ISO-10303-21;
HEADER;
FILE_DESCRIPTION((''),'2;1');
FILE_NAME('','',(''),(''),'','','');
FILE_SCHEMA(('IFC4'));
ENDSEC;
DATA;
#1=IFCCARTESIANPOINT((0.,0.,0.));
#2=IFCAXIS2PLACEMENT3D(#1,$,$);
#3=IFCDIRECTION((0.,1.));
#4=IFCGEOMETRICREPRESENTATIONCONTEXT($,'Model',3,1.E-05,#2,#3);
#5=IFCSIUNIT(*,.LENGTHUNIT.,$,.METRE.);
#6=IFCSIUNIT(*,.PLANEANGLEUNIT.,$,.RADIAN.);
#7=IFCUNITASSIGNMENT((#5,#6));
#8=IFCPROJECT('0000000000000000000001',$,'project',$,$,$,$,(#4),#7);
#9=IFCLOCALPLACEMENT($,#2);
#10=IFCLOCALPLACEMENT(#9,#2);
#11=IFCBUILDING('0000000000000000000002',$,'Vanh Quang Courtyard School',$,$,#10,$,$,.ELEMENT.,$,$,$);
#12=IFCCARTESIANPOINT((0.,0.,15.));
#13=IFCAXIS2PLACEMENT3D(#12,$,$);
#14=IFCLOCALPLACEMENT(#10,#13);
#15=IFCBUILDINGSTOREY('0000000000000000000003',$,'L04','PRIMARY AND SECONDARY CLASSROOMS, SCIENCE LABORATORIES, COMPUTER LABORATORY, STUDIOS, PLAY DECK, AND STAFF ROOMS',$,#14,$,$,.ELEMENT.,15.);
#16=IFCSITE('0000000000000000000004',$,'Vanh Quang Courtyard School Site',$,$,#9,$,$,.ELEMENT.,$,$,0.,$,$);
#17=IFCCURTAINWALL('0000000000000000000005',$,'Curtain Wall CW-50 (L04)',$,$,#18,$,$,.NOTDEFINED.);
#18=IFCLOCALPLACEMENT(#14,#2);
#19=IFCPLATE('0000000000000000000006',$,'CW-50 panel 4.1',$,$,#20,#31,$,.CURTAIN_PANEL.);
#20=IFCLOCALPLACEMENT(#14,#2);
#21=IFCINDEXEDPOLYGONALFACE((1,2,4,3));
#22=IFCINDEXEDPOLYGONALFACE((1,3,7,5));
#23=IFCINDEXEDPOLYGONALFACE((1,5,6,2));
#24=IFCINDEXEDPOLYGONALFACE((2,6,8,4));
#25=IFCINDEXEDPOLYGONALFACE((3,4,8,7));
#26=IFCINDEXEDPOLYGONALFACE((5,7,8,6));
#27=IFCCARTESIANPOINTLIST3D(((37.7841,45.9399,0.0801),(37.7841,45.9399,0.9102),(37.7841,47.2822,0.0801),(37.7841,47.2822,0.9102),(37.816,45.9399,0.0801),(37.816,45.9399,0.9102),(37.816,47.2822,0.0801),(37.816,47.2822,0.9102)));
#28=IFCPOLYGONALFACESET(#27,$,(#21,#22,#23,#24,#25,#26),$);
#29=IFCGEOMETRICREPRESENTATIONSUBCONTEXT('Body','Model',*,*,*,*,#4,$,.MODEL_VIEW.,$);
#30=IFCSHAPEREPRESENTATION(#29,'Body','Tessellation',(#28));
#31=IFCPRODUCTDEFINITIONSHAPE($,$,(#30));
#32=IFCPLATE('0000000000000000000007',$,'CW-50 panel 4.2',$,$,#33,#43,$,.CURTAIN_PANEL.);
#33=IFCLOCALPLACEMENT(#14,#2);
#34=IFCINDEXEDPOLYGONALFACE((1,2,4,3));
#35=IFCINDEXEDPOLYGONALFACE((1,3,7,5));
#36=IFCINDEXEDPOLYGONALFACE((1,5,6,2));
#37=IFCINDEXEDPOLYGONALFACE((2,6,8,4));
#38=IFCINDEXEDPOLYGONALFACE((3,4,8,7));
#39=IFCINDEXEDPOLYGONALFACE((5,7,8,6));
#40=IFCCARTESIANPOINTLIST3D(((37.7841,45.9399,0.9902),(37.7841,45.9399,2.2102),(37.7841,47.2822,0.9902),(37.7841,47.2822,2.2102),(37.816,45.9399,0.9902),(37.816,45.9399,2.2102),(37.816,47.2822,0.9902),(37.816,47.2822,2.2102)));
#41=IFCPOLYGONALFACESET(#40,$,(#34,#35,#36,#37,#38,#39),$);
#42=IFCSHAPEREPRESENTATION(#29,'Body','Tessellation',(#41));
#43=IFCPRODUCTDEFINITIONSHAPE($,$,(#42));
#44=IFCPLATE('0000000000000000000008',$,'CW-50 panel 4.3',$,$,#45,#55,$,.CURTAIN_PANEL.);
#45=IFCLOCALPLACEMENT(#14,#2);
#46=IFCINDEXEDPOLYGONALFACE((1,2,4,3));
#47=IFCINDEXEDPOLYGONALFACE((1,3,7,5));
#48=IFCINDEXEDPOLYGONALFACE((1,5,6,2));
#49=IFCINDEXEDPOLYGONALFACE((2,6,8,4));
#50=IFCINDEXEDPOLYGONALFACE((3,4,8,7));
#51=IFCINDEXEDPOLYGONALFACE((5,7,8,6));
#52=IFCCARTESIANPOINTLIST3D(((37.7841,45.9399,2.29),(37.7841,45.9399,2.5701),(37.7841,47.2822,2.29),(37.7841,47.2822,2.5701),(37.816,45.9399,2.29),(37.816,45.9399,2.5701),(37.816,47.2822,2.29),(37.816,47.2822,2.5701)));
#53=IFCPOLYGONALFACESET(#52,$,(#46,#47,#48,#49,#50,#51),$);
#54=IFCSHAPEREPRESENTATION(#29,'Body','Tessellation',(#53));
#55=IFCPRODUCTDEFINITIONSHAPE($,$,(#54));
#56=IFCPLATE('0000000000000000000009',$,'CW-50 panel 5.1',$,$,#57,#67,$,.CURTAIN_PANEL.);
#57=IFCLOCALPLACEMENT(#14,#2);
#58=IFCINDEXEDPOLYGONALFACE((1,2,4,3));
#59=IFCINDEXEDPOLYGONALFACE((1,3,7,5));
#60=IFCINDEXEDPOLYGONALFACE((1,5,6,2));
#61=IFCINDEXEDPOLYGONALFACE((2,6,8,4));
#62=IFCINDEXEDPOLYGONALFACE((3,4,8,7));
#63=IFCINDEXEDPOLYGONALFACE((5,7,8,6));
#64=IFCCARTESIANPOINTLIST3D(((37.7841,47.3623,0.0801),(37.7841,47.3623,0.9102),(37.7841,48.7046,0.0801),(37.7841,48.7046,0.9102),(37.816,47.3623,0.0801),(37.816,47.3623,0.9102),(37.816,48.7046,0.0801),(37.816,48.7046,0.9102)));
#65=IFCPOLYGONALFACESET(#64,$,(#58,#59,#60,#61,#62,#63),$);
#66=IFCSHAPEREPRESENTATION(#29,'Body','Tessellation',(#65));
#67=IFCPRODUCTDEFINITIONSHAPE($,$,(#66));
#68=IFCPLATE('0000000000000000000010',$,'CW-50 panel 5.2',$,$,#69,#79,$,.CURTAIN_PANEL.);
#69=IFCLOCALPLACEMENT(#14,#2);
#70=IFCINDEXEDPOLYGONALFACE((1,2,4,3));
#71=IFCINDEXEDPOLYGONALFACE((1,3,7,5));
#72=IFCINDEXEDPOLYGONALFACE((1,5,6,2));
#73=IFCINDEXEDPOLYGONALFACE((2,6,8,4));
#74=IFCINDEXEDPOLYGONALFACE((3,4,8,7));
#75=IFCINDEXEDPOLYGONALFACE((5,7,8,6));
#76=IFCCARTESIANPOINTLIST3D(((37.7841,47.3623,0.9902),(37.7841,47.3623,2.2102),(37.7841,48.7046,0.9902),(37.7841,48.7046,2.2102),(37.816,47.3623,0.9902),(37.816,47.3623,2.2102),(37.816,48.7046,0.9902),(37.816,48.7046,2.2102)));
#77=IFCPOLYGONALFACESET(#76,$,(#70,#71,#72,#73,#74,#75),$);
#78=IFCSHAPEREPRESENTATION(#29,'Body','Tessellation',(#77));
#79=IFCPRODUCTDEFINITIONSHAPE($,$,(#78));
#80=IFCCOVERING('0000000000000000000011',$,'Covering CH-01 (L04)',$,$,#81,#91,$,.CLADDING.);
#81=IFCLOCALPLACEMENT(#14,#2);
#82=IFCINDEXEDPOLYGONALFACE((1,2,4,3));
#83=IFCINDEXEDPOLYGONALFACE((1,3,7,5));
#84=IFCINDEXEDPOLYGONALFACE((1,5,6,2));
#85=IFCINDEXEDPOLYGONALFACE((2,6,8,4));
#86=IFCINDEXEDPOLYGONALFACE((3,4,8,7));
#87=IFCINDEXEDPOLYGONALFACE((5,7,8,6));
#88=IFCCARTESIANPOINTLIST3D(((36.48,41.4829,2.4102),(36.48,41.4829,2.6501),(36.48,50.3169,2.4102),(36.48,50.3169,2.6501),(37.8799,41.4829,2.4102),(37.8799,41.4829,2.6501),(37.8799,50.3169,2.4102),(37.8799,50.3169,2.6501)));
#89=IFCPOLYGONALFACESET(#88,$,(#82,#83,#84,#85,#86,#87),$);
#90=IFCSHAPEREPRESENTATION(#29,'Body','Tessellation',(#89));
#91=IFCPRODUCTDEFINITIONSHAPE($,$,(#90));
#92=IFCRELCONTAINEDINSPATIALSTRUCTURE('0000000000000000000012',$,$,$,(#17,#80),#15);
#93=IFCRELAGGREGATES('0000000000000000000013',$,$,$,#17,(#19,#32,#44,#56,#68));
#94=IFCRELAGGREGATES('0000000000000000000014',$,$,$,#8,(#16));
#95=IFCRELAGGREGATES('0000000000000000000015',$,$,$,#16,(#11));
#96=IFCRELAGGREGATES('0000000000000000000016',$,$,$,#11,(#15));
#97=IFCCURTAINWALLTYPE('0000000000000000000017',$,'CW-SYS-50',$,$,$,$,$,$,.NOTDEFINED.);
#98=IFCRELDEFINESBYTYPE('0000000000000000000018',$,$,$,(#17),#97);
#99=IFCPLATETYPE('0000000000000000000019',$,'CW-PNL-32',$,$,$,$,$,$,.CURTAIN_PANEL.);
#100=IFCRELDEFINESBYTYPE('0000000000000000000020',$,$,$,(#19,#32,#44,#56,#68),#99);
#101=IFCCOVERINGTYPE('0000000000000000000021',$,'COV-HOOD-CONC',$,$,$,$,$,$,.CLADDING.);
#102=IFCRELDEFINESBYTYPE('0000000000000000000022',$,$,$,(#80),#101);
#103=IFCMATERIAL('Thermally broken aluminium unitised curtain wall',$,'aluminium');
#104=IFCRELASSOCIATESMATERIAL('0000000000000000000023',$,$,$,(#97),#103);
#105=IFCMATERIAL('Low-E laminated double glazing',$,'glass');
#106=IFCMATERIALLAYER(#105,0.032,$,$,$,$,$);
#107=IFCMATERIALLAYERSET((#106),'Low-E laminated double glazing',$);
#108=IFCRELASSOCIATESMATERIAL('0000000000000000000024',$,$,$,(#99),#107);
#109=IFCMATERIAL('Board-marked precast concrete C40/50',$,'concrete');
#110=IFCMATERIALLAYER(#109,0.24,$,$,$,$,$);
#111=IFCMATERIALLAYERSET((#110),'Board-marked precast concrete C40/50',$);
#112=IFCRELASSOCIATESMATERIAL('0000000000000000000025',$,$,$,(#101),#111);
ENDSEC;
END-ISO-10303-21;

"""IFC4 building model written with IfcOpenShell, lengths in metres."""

from ifc_helpers import new_model, si_unit, direction, frame, origin, origin_2d, place, context, subcontext, project, spatial, rectangle, extrude, material, layer, layer_set, type_object, element, aggregate, save


model = new_model("IFC4")

# Units and contexts
model_context = context("Model", 3, precision=1e-05, world=origin(), true_north=direction((0.0, 1.0)))
body_context = subcontext(model_context, "Body", "Model", "MODEL_VIEW")
ifc_project = project(units=[si_unit("LENGTHUNIT", "METRE"), si_unit("PLANEANGLEUNIT", "RADIAN")], contexts=[model_context])

# Site, building, storey
site_placement = place(None, origin())
site = spatial("IfcSite", under=ifc_project, at=site_placement, Name="Vanh Quang Courtyard School Site", CompositionType="ELEMENT", RefElevation=0.0)
building_placement = place(site_placement, origin())
building = spatial("IfcBuilding", under=site, at=building_placement, Name="Vanh Quang Courtyard School", CompositionType="ELEMENT")
storey_placement = place(building_placement, frame((0.0, 0.0, 15.0)))
storey = spatial("IfcBuildingStorey", under=building, at=storey_placement, Name="L04", Description="PRIMARY AND SECONDARY CLASSROOMS, SCIENCE LABORATORIES, COMPUTER LABORATORY, STUDIOS, PLAY DECK, AND STAFF ROOMS", CompositionType="ELEMENT", Elevation=15.0)

# Curtain wall, plates
ifc_material_1 = material(Name="Thermally broken aluminium unitised curtain wall", Category="aluminium")
curtain_wall_type = type_object("IfcCurtainWallType", Name="CW-SYS-50", PredefinedType="NOTDEFINED", material=ifc_material_1)
curtain_wall_placement = place(storey_placement, origin())
curtain_wall = element("IfcCurtainWall", 1, at=curtain_wall_placement, inside=storey, type_object=curtain_wall_type, Name="Curtain Wall CW-50 (L04)", PredefinedType="NOTDEFINED")
ifc_material_2 = material(Name="Low-E laminated double glazing", Category="glass")
ifc_layer_1 = layer(ifc_material_2, 0.032)
ifc_layer_set_1 = layer_set([ifc_layer_1], Name="Low-E laminated double glazing")
plate_type = type_object("IfcPlateType", Name="CW-PNL-32", PredefinedType="CURTAIN_PANEL", material=ifc_layer_set_1)
plate_1_placement = place(storey_placement, frame((37.8, 46.6111, 0.0801), z_axis=(0.0, 0.0, 1.0), x_axis=(0.0, 1.0, 0.0)))
plate_1 = element("IfcPlate", 2, at=plate_1_placement, type_object=plate_type, Name="CW-50 panel 4.1", PredefinedType="CURTAIN_PANEL", context=body_context, shape_type="SweptSolid", body=[
    extrude(rectangle(XDim=1.3423, YDim=0.032, at=origin_2d()), origin(), (0.0, 0.0, 1.0), 0.8301),
])
plate_2_placement = place(storey_placement, frame((37.8, 46.6111, 0.9902), z_axis=(0.0, 0.0, 1.0), x_axis=(0.0, 1.0, 0.0)))
plate_2 = element("IfcPlate", 3, at=plate_2_placement, type_object=plate_type, Name="CW-50 panel 4.2", PredefinedType="CURTAIN_PANEL", context=body_context, shape_type="SweptSolid", body=[
    extrude(rectangle(XDim=1.3423, YDim=0.032, at=origin_2d()), origin(), (0.0, 0.0, 1.0), 1.22),
])
plate_3_placement = place(storey_placement, frame((37.8, 46.6111, 2.29), z_axis=(0.0, 0.0, 1.0), x_axis=(0.0, 1.0, 0.0)))
plate_3 = element("IfcPlate", 4, at=plate_3_placement, type_object=plate_type, Name="CW-50 panel 4.3", PredefinedType="CURTAIN_PANEL", context=body_context, shape_type="SweptSolid", body=[
    extrude(rectangle(XDim=1.3423, YDim=0.032, at=origin_2d()), origin(), (0.0, 0.0, 1.0), 0.28),
])
plate_4_placement = place(storey_placement, frame((37.8, 48.0334, 0.0801), z_axis=(0.0, 0.0, 1.0), x_axis=(0.0, 1.0, 0.0)))
plate_4 = element("IfcPlate", 5, at=plate_4_placement, type_object=plate_type, Name="CW-50 panel 5.1", PredefinedType="CURTAIN_PANEL", context=body_context, shape_type="SweptSolid", body=[
    extrude(rectangle(XDim=1.3423, YDim=0.032, at=origin_2d()), origin(), (0.0, 0.0, 1.0), 0.8301),
])
plate_5_placement = place(storey_placement, frame((37.8, 48.0334, 0.9902), z_axis=(0.0, 0.0, 1.0), x_axis=(0.0, 1.0, 0.0)))
plate_5 = element("IfcPlate", 6, at=plate_5_placement, type_object=plate_type, Name="CW-50 panel 5.2", PredefinedType="CURTAIN_PANEL", context=body_context, shape_type="SweptSolid", body=[
    extrude(rectangle(XDim=1.3423, YDim=0.032, at=origin_2d()), origin(), (0.0, 0.0, 1.0), 1.22),
])
aggregate(curtain_wall, [plate_1, plate_2, plate_3, plate_4, plate_5])

# Covering
ifc_material_3 = material(Name="Board-marked precast concrete C40/50", Category="concrete")
ifc_layer_2 = layer(ifc_material_3, 0.24)
ifc_layer_set_2 = layer_set([ifc_layer_2], Name="Board-marked precast concrete C40/50")
covering_type = type_object("IfcCoveringType", Name="COV-HOOD-CONC", PredefinedType="CLADDING", material=ifc_layer_set_2)
covering_placement = place(storey_placement, frame((37.1799, 45.8999, 2.4102), z_axis=(0.0, 0.0, 1.0), x_axis=(0.0, 1.0, 0.0)))
element("IfcCovering", 7, at=covering_placement, inside=storey, type_object=covering_type, Name="Covering CH-01 (L04)", PredefinedType="CLADDING", context=body_context, shape_type="SweptSolid", body=[
    extrude(rectangle(XDim=8.834, YDim=1.3999, at=origin_2d()), origin(), (0.0, 0.0, 1.0), 0.24),
])

save(model, "model.ifc")
